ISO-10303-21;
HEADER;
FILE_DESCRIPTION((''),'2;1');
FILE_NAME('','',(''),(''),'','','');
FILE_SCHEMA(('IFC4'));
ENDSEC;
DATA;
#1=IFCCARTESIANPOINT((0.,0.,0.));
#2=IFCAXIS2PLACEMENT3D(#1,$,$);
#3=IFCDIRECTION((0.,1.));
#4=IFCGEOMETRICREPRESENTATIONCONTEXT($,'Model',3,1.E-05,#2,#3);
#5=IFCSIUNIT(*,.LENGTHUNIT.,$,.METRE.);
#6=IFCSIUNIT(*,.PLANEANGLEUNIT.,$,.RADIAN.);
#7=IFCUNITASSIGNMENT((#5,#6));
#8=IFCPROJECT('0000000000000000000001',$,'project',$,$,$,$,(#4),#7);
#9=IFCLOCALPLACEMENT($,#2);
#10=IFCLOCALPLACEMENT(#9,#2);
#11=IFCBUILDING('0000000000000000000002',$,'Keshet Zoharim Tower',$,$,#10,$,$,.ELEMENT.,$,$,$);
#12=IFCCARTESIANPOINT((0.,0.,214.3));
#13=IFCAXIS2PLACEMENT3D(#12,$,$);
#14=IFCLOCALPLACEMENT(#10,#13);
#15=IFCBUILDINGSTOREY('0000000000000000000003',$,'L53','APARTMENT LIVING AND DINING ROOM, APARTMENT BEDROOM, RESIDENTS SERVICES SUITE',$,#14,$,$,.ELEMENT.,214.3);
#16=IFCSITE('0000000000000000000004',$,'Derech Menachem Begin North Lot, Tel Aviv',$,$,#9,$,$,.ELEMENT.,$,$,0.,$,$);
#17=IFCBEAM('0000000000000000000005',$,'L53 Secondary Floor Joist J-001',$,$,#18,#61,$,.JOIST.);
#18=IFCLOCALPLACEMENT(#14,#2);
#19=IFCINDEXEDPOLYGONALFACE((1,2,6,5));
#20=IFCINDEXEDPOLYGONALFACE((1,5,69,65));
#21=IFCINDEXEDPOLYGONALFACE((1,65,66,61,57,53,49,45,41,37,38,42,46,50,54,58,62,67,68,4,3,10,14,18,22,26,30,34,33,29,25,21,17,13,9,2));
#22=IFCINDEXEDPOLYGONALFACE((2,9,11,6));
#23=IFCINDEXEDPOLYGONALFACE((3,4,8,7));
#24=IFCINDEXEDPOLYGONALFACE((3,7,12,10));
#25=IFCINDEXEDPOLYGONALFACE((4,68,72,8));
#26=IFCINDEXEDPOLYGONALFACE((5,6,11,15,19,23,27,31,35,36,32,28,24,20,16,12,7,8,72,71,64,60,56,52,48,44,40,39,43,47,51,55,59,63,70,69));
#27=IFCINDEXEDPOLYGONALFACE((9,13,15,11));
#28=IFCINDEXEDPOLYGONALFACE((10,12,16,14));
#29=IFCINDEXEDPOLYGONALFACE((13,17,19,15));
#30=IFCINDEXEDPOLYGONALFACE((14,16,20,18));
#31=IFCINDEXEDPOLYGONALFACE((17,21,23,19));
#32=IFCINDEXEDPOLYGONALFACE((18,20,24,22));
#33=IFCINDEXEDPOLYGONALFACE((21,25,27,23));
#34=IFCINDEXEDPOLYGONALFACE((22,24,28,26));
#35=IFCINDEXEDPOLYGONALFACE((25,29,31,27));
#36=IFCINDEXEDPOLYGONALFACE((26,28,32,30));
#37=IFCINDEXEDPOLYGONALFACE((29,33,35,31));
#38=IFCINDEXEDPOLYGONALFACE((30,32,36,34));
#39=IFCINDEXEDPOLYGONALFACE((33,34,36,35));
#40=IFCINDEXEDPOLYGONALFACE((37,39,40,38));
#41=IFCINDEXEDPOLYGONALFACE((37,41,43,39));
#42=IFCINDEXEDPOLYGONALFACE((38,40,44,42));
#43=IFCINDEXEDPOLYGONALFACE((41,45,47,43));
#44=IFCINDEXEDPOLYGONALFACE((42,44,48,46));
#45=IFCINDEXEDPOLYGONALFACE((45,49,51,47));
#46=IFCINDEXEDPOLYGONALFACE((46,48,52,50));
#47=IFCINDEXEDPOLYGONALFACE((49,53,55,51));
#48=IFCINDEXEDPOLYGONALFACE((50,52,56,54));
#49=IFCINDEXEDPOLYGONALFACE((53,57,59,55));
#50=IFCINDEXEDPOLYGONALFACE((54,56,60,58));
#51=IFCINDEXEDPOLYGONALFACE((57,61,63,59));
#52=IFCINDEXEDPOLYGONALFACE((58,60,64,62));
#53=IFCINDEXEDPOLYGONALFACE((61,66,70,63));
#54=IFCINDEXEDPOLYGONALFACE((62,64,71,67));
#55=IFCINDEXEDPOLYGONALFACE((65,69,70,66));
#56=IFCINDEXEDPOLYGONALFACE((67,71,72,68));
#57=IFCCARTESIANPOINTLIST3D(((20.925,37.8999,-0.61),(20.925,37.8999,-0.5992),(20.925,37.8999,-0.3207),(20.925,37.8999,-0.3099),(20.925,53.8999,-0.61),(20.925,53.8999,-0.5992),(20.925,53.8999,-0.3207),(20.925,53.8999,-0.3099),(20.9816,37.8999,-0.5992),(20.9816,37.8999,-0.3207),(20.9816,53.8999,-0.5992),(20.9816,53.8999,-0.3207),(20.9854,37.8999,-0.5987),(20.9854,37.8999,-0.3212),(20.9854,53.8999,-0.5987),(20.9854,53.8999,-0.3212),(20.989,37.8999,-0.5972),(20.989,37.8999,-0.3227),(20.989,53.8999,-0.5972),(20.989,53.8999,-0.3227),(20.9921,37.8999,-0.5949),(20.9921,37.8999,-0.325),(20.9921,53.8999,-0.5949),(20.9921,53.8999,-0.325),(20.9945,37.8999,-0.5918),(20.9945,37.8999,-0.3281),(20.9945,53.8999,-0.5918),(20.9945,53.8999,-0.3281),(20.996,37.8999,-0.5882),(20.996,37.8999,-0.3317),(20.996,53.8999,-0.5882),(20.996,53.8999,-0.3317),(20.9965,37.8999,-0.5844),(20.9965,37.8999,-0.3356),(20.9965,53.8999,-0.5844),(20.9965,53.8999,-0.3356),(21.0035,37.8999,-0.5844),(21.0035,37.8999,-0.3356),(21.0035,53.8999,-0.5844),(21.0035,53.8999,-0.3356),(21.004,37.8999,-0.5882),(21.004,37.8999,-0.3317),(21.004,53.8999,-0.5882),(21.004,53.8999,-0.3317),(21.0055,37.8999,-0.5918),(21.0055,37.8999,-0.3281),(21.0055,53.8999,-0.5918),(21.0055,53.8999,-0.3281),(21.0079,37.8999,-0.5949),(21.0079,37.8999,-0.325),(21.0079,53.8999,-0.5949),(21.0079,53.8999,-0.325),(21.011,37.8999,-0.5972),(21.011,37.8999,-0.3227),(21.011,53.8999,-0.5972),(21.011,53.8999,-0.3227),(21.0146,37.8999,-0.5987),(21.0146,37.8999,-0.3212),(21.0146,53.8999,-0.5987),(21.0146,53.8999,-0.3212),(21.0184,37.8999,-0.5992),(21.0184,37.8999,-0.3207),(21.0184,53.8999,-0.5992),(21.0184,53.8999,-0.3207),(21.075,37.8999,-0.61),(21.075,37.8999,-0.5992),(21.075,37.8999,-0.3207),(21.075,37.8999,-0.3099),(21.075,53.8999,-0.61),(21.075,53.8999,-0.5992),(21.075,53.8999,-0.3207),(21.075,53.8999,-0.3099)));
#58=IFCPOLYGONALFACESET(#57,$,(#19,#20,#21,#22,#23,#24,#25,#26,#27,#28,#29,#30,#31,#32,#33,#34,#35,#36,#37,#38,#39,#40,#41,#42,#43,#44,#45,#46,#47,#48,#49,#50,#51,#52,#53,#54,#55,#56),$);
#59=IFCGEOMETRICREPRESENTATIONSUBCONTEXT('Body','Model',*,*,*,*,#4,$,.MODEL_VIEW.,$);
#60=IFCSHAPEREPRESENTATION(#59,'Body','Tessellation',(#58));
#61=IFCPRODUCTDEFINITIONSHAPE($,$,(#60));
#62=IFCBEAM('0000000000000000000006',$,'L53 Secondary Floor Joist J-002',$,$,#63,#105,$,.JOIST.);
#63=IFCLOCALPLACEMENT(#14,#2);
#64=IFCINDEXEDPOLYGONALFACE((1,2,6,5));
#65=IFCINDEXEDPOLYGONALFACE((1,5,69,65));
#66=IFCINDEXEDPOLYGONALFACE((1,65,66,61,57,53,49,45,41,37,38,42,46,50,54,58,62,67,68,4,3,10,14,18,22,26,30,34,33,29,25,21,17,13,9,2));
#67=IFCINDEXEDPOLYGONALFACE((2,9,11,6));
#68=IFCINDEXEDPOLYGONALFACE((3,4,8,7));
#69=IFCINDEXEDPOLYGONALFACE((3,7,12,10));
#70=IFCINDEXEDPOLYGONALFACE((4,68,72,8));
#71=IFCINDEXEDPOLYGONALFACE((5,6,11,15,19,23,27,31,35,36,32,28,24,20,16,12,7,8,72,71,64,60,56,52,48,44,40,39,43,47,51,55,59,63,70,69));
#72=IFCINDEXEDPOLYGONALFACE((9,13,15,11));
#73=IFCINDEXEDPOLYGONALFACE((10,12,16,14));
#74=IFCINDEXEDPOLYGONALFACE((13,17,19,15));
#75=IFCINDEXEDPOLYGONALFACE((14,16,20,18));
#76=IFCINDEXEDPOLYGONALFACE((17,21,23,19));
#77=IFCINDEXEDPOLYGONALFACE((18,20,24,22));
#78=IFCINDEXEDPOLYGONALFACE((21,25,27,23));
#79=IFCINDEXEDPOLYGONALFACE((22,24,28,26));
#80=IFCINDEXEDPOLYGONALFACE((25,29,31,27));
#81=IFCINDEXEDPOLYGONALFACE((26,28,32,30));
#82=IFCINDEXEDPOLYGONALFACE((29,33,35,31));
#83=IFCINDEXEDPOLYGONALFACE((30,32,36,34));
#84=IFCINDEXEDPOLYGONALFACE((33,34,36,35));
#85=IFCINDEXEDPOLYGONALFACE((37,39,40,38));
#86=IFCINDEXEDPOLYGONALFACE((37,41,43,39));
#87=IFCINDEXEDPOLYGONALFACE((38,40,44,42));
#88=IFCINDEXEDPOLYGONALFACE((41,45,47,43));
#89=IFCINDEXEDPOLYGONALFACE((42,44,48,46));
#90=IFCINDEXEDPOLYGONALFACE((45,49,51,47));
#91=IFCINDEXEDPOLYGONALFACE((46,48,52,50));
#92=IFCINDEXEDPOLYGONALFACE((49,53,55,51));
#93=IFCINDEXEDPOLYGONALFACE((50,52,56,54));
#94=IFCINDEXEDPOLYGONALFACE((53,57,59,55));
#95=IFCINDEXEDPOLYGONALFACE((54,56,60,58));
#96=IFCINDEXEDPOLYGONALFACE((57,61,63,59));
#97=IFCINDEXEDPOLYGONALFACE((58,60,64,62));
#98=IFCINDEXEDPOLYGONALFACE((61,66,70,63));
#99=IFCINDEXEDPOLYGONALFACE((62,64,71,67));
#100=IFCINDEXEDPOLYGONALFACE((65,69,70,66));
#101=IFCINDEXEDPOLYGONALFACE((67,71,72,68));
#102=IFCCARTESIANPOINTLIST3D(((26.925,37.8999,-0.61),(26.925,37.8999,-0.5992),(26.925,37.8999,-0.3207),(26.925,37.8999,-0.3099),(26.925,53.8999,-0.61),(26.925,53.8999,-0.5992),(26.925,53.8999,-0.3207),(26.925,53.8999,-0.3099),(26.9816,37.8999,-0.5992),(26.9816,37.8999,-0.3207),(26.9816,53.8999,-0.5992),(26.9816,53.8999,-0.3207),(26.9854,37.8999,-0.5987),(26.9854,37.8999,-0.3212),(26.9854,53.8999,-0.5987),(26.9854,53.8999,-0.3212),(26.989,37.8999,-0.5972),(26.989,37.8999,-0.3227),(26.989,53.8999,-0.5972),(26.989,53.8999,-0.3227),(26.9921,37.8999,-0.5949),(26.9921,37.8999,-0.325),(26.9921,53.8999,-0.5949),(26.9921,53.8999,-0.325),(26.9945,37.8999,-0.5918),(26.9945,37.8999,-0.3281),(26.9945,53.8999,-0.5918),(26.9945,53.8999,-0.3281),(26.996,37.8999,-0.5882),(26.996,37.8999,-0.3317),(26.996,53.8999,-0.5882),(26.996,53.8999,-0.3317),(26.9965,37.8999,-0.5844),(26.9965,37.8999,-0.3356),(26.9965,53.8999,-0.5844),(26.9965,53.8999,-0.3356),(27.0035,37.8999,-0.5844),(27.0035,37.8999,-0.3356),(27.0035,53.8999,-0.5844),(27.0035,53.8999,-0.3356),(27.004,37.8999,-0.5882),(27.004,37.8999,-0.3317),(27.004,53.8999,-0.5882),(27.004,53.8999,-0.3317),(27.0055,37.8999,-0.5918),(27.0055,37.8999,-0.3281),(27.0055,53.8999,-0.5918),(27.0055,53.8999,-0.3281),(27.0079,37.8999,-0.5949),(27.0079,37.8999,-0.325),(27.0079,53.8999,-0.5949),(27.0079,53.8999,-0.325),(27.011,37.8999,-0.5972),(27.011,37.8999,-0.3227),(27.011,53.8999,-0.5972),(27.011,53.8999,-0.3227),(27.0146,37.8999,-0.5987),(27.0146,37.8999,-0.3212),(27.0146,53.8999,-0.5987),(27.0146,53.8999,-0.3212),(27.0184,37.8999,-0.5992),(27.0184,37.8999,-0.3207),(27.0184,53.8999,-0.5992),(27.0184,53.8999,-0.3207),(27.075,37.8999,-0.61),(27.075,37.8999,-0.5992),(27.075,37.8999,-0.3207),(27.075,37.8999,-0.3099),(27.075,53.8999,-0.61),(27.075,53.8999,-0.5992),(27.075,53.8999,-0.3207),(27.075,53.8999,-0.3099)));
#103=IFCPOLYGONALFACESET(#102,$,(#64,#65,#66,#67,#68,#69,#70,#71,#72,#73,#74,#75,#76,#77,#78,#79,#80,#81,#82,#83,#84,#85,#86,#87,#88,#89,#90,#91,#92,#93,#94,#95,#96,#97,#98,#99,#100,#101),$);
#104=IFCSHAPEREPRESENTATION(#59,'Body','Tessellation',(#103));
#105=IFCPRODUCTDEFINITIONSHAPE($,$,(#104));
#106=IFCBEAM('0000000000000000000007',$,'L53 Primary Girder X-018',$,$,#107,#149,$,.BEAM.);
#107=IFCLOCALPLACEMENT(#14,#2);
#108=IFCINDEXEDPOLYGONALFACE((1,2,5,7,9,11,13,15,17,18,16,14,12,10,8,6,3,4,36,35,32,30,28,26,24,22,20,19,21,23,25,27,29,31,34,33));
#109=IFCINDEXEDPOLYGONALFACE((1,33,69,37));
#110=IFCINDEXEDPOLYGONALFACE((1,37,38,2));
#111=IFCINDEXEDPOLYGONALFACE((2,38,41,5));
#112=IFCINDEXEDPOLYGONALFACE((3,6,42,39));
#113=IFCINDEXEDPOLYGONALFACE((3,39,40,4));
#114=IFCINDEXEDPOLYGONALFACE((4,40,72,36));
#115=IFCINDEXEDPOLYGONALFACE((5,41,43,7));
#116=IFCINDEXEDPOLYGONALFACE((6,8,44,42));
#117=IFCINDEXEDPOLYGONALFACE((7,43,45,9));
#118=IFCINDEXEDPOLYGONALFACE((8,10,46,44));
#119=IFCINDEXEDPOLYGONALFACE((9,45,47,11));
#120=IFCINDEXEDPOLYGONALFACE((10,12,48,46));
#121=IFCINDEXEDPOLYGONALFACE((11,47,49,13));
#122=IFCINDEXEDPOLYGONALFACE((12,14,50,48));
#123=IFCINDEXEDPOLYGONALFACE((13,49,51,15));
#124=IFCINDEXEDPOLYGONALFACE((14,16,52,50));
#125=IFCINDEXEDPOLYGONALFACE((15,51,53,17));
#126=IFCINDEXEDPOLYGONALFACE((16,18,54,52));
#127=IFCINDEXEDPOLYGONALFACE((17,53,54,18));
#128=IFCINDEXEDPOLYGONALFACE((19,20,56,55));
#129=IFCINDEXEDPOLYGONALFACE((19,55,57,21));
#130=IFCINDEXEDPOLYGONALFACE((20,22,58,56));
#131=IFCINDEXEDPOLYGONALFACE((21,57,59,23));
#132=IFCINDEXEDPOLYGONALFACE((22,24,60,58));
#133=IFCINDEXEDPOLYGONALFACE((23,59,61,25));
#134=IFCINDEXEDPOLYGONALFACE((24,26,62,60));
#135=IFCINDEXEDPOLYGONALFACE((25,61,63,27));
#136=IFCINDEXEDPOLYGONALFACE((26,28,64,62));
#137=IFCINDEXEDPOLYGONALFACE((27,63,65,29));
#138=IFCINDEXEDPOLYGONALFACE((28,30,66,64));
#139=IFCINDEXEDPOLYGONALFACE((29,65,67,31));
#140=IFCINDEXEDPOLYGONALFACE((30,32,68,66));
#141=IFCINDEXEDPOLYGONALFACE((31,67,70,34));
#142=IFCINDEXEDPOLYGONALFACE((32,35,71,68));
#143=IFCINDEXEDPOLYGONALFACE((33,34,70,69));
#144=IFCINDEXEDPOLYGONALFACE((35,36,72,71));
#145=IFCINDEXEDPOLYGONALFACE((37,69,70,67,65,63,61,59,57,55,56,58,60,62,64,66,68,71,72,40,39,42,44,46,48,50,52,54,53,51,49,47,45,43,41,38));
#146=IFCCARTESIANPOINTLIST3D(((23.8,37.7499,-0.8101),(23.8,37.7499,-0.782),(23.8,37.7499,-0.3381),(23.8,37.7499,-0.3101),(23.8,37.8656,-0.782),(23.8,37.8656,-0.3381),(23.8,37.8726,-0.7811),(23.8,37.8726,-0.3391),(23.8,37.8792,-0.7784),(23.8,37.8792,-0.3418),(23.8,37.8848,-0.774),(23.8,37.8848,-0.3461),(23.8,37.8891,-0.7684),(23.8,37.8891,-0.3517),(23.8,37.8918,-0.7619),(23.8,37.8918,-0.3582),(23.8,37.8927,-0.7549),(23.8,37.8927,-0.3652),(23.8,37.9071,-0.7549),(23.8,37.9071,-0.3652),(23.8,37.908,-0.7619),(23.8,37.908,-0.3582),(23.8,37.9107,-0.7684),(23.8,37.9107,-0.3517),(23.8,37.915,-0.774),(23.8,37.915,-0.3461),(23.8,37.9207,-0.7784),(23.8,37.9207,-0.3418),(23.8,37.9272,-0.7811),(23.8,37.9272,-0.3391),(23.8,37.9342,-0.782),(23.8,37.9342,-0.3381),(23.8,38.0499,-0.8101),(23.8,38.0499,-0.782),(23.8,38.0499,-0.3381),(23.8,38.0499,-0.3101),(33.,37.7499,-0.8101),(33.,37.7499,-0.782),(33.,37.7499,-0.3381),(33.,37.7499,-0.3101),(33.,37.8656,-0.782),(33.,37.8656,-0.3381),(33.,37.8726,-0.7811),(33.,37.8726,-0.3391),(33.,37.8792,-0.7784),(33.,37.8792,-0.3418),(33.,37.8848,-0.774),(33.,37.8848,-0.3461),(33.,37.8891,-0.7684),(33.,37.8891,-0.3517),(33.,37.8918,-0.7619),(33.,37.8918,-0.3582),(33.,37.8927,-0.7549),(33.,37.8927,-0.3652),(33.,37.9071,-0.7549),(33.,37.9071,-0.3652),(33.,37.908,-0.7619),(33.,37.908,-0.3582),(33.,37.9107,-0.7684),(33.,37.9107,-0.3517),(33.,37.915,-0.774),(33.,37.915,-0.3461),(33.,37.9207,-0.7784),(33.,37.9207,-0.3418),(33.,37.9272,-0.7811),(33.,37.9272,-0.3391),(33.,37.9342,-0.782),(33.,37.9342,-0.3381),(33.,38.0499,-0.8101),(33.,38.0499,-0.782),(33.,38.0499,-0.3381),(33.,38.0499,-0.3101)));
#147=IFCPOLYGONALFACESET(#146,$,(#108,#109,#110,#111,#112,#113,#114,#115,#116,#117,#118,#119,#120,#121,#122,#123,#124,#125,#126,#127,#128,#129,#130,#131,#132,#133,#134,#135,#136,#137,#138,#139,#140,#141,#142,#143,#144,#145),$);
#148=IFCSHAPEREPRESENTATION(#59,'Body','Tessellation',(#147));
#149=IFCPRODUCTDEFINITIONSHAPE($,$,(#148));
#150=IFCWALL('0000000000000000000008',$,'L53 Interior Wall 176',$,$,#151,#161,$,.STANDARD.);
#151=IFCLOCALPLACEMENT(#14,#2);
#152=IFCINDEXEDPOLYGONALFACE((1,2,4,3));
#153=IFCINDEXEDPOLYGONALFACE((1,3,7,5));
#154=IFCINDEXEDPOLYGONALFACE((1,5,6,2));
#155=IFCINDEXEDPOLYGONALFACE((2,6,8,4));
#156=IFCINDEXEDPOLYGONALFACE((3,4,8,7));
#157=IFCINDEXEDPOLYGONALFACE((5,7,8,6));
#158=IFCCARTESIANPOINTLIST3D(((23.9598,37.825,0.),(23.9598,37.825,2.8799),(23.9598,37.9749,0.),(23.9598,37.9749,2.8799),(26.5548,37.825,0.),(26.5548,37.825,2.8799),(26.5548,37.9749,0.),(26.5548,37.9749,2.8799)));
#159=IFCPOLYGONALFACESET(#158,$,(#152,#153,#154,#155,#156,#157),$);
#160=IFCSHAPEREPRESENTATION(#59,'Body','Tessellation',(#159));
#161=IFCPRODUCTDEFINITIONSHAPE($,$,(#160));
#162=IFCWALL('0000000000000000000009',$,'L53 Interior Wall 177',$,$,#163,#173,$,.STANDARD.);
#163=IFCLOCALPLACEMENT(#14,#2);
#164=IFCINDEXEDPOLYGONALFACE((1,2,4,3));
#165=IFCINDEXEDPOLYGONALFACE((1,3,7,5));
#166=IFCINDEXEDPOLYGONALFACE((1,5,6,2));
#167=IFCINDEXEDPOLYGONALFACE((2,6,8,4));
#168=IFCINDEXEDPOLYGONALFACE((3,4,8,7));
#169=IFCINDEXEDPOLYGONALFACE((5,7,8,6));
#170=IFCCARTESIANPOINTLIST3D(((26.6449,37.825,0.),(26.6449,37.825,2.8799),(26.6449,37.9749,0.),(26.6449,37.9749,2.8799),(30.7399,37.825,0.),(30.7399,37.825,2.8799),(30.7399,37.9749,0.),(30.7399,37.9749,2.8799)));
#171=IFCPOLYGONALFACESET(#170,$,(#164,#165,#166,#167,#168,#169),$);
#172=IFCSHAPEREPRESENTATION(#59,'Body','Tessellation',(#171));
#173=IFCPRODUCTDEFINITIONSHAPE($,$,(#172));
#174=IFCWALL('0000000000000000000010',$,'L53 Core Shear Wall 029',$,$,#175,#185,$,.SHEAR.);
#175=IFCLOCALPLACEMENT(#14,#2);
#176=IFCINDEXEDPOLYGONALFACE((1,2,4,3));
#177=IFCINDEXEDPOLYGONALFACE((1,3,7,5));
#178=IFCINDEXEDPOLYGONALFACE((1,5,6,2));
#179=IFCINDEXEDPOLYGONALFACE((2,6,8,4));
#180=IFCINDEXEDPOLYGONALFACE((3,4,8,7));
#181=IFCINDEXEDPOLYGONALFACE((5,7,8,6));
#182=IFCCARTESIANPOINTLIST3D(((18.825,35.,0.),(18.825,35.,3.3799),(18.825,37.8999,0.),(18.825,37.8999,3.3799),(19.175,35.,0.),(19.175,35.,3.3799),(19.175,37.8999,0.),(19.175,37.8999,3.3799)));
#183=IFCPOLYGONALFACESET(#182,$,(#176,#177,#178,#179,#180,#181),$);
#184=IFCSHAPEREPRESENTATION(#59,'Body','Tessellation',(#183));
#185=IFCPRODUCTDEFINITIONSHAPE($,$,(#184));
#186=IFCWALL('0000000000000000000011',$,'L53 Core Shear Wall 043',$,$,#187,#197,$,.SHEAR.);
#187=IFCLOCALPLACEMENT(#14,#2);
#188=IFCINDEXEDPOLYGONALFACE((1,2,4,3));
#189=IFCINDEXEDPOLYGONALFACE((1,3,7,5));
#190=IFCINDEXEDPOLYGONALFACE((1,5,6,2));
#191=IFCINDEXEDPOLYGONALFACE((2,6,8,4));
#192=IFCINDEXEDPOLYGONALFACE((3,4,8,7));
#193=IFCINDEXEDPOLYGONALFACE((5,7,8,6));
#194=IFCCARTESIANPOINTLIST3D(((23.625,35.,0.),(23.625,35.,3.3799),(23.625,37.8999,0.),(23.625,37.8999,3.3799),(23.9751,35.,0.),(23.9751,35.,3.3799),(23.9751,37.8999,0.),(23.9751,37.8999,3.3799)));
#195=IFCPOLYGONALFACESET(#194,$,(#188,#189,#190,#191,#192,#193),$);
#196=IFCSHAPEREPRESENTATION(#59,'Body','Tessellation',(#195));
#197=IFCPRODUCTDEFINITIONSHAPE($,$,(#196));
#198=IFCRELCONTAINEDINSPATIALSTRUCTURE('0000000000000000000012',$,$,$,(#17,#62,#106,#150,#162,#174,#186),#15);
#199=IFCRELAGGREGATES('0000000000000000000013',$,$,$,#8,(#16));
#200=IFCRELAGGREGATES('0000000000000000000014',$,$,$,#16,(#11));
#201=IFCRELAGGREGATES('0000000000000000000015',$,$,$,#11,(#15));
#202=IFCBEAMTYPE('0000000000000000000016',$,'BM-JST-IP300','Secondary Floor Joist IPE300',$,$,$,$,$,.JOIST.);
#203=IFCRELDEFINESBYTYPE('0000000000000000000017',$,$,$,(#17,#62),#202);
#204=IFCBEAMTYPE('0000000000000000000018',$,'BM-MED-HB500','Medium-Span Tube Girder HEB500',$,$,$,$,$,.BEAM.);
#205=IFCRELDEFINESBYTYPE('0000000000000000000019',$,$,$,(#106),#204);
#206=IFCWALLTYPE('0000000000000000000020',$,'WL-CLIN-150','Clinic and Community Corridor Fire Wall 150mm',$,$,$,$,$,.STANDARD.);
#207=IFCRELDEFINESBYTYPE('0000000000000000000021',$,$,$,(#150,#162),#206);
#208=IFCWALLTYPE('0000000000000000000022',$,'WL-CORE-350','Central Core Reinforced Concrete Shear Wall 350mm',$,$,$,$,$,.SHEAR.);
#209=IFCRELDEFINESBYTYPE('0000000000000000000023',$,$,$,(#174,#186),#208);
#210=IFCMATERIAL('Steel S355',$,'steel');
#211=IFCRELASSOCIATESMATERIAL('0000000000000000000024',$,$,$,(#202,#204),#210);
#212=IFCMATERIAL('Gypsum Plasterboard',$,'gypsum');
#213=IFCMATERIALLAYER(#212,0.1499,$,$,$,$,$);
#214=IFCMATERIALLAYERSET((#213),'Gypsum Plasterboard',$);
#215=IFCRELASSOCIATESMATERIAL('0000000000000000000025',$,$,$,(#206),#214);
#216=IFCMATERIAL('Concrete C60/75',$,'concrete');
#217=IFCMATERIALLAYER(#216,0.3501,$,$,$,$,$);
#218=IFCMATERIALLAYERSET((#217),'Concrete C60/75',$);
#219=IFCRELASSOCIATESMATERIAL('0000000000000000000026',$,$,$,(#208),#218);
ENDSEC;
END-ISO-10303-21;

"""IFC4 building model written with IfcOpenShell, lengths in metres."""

from ifc_helpers import new_model, si_unit, direction, frame, frame_2d, origin, origin_2d, place, context, subcontext, project, spatial, rectangle, i_section, extrude, material, layer, layer_set, material_profile, profile_set, type_object, element, save


model = new_model("IFC4")

# Units and contexts
model_context = context("Model", 3, precision=1e-05, world=origin(), true_north=direction((0.0, 1.0)))
body_context = subcontext(model_context, "Body", "Model", "MODEL_VIEW")
ifc_project = project(units=[si_unit("LENGTHUNIT", "METRE"), si_unit("PLANEANGLEUNIT", "RADIAN")], contexts=[model_context])

# Site, building, storey
site_placement = place(None, origin())
site = spatial("IfcSite", under=ifc_project, at=site_placement, Name="Derech Menachem Begin North Lot, Tel Aviv", CompositionType="ELEMENT", RefElevation=0.0)
building_placement = place(site_placement, origin())
building = spatial("IfcBuilding", under=site, at=building_placement, Name="Keshet Zoharim Tower", CompositionType="ELEMENT")
storey_placement = place(building_placement, frame((0.0, 0.0, 214.3)))
storey = spatial("IfcBuildingStorey", under=building, at=storey_placement, Name="L53", Description="APARTMENT LIVING AND DINING ROOM, APARTMENT BEDROOM, RESIDENTS SERVICES SUITE", CompositionType="ELEMENT", Elevation=214.3)

# Beams
ifc_material_1 = material(Name="Steel S355", Category="steel")
ifc_material_profile_1 = material_profile(ifc_material_1, i_section(OverallWidth=0.1499, OverallDepth=0.3, WebThickness=0.0071, FlangeThickness=0.0107, FilletRadius=0.0149, at=origin_2d()), Name="IPE300")
ifc_profile_set_1 = profile_set([ifc_material_profile_1], Name="Steel S355")
beam_type_1 = type_object("IfcBeamType", Name="BM-JST-IP300", Description="Secondary Floor Joist IPE300", PredefinedType="JOIST", material=ifc_profile_set_1)
for number, where, z_axis, x_axis, name in (
    (1, (21.0, 37.8999, -0.46), (0.0, 1.0, 0.0), (-1.0, 0.0, 0.0), "L53 Secondary Floor Joist J-001"),
    (2, (27.0, 37.8999, -0.46), (0.0, 1.0, 0.0), (-1.0, 0.0, 0.0), "L53 Secondary Floor Joist J-002"),
):
    element("IfcBeam", number, at=place(storey_placement, frame(where, z_axis=z_axis, x_axis=x_axis)), inside=storey, type_object=beam_type_1, Name=name, PredefinedType="JOIST", context=body_context, shape_type="SweptSolid", body=[
        extrude(i_section(OverallWidth=0.1499, OverallDepth=0.3, WebThickness=0.0071, FlangeThickness=0.0107, FilletRadius=0.0149, at=origin_2d()), origin(), (0.0, 0.0, 1.0), 16.0),
    ])
ifc_material_profile_2 = material_profile(ifc_material_1, i_section(OverallWidth=0.3, OverallDepth=0.5, WebThickness=0.0144, FlangeThickness=0.0281, FilletRadius=0.0271, at=origin_2d()), Name="HEB500")
ifc_profile_set_2 = profile_set([ifc_material_profile_2], Name="Steel S355")
beam_type_2 = type_object("IfcBeamType", Name="BM-MED-HB500", Description="Medium-Span Tube Girder HEB500", PredefinedType="BEAM", material=ifc_profile_set_2)
beam_placement = place(storey_placement, frame((23.8, 37.8999, -0.5601), z_axis=(1.0, 0.0, 0.0), x_axis=(0.0, 1.0, 0.0)))
element("IfcBeam", 3, at=beam_placement, inside=storey, type_object=beam_type_2, Name="L53 Primary Girder X-018", PredefinedType="BEAM", context=body_context, shape_type="SweptSolid", body=[
    extrude(i_section(OverallWidth=0.3, OverallDepth=0.5, WebThickness=0.0144, FlangeThickness=0.0281, FilletRadius=0.0271, at=origin_2d()), origin(), (0.0, 0.0, 1.0), 9.2),
])

# Walls
ifc_material_2 = material(Name="Gypsum Plasterboard", Category="gypsum")
ifc_layer_1 = layer(ifc_material_2, 0.1499)
ifc_layer_set_1 = layer_set([ifc_layer_1], Name="Gypsum Plasterboard")
wall_type_1 = type_object("IfcWallType", Name="WL-CLIN-150", Description="Clinic and Community Corridor Fire Wall 150mm", PredefinedType="STANDARD", material=ifc_layer_set_1)
wall_1_placement = place(storey_placement, frame((23.96, 37.8999, 0.0), z_axis=(0.0, 0.0, 1.0), x_axis=(1.0, 0.0, 0.0)))
element("IfcWall", 4, at=wall_1_placement, inside=storey, type_object=wall_type_1, Name="L53 Interior Wall 176", PredefinedType="STANDARD", context=body_context, shape_type="SweptSolid", body=[
    extrude(rectangle(XDim=2.595, YDim=0.1499, at=frame_2d((1.2974, 0.0))), origin(), (0.0, 0.0, 1.0), 2.8799),
])
wall_2_placement = place(storey_placement, frame((26.645, 37.8999, 0.0), z_axis=(0.0, 0.0, 1.0), x_axis=(1.0, 0.0, 0.0)))
element("IfcWall", 5, at=wall_2_placement, inside=storey, type_object=wall_type_1, Name="L53 Interior Wall 177", PredefinedType="STANDARD", context=body_context, shape_type="SweptSolid", body=[
    extrude(rectangle(XDim=4.095, YDim=0.1499, at=frame_2d((2.0474, 0.0))), origin(), (0.0, 0.0, 1.0), 2.8799),
])
ifc_material_3 = material(Name="Concrete C60/75", Category="concrete")
ifc_layer_2 = layer(ifc_material_3, 0.3501)
ifc_layer_set_2 = layer_set([ifc_layer_2], Name="Concrete C60/75")
wall_type_2 = type_object("IfcWallType", Name="WL-CORE-350", Description="Central Core Reinforced Concrete Shear Wall 350mm", PredefinedType="SHEAR", material=ifc_layer_set_2)
for number, where, z_axis, x_axis, name in (
    (6, (19.0, 35.0, 0.0), (0.0, 0.0, 1.0), (0.0, 1.0, 0.0), "L53 Core Shear Wall 029"),
    (7, (23.8, 35.0, 0.0), (0.0, 0.0, 1.0), (0.0, 1.0, 0.0), "L53 Core Shear Wall 043"),
):
    element("IfcWall", number, at=place(storey_placement, frame(where, z_axis=z_axis, x_axis=x_axis)), inside=storey, type_object=wall_type_2, Name=name, PredefinedType="SHEAR", context=body_context, shape_type="SweptSolid", body=[
        extrude(rectangle(XDim=2.8999, YDim=0.3501, at=frame_2d((1.45, 0.0))), origin(), (0.0, 0.0, 1.0), 3.3799),
    ])

save(model, "model.ifc")
